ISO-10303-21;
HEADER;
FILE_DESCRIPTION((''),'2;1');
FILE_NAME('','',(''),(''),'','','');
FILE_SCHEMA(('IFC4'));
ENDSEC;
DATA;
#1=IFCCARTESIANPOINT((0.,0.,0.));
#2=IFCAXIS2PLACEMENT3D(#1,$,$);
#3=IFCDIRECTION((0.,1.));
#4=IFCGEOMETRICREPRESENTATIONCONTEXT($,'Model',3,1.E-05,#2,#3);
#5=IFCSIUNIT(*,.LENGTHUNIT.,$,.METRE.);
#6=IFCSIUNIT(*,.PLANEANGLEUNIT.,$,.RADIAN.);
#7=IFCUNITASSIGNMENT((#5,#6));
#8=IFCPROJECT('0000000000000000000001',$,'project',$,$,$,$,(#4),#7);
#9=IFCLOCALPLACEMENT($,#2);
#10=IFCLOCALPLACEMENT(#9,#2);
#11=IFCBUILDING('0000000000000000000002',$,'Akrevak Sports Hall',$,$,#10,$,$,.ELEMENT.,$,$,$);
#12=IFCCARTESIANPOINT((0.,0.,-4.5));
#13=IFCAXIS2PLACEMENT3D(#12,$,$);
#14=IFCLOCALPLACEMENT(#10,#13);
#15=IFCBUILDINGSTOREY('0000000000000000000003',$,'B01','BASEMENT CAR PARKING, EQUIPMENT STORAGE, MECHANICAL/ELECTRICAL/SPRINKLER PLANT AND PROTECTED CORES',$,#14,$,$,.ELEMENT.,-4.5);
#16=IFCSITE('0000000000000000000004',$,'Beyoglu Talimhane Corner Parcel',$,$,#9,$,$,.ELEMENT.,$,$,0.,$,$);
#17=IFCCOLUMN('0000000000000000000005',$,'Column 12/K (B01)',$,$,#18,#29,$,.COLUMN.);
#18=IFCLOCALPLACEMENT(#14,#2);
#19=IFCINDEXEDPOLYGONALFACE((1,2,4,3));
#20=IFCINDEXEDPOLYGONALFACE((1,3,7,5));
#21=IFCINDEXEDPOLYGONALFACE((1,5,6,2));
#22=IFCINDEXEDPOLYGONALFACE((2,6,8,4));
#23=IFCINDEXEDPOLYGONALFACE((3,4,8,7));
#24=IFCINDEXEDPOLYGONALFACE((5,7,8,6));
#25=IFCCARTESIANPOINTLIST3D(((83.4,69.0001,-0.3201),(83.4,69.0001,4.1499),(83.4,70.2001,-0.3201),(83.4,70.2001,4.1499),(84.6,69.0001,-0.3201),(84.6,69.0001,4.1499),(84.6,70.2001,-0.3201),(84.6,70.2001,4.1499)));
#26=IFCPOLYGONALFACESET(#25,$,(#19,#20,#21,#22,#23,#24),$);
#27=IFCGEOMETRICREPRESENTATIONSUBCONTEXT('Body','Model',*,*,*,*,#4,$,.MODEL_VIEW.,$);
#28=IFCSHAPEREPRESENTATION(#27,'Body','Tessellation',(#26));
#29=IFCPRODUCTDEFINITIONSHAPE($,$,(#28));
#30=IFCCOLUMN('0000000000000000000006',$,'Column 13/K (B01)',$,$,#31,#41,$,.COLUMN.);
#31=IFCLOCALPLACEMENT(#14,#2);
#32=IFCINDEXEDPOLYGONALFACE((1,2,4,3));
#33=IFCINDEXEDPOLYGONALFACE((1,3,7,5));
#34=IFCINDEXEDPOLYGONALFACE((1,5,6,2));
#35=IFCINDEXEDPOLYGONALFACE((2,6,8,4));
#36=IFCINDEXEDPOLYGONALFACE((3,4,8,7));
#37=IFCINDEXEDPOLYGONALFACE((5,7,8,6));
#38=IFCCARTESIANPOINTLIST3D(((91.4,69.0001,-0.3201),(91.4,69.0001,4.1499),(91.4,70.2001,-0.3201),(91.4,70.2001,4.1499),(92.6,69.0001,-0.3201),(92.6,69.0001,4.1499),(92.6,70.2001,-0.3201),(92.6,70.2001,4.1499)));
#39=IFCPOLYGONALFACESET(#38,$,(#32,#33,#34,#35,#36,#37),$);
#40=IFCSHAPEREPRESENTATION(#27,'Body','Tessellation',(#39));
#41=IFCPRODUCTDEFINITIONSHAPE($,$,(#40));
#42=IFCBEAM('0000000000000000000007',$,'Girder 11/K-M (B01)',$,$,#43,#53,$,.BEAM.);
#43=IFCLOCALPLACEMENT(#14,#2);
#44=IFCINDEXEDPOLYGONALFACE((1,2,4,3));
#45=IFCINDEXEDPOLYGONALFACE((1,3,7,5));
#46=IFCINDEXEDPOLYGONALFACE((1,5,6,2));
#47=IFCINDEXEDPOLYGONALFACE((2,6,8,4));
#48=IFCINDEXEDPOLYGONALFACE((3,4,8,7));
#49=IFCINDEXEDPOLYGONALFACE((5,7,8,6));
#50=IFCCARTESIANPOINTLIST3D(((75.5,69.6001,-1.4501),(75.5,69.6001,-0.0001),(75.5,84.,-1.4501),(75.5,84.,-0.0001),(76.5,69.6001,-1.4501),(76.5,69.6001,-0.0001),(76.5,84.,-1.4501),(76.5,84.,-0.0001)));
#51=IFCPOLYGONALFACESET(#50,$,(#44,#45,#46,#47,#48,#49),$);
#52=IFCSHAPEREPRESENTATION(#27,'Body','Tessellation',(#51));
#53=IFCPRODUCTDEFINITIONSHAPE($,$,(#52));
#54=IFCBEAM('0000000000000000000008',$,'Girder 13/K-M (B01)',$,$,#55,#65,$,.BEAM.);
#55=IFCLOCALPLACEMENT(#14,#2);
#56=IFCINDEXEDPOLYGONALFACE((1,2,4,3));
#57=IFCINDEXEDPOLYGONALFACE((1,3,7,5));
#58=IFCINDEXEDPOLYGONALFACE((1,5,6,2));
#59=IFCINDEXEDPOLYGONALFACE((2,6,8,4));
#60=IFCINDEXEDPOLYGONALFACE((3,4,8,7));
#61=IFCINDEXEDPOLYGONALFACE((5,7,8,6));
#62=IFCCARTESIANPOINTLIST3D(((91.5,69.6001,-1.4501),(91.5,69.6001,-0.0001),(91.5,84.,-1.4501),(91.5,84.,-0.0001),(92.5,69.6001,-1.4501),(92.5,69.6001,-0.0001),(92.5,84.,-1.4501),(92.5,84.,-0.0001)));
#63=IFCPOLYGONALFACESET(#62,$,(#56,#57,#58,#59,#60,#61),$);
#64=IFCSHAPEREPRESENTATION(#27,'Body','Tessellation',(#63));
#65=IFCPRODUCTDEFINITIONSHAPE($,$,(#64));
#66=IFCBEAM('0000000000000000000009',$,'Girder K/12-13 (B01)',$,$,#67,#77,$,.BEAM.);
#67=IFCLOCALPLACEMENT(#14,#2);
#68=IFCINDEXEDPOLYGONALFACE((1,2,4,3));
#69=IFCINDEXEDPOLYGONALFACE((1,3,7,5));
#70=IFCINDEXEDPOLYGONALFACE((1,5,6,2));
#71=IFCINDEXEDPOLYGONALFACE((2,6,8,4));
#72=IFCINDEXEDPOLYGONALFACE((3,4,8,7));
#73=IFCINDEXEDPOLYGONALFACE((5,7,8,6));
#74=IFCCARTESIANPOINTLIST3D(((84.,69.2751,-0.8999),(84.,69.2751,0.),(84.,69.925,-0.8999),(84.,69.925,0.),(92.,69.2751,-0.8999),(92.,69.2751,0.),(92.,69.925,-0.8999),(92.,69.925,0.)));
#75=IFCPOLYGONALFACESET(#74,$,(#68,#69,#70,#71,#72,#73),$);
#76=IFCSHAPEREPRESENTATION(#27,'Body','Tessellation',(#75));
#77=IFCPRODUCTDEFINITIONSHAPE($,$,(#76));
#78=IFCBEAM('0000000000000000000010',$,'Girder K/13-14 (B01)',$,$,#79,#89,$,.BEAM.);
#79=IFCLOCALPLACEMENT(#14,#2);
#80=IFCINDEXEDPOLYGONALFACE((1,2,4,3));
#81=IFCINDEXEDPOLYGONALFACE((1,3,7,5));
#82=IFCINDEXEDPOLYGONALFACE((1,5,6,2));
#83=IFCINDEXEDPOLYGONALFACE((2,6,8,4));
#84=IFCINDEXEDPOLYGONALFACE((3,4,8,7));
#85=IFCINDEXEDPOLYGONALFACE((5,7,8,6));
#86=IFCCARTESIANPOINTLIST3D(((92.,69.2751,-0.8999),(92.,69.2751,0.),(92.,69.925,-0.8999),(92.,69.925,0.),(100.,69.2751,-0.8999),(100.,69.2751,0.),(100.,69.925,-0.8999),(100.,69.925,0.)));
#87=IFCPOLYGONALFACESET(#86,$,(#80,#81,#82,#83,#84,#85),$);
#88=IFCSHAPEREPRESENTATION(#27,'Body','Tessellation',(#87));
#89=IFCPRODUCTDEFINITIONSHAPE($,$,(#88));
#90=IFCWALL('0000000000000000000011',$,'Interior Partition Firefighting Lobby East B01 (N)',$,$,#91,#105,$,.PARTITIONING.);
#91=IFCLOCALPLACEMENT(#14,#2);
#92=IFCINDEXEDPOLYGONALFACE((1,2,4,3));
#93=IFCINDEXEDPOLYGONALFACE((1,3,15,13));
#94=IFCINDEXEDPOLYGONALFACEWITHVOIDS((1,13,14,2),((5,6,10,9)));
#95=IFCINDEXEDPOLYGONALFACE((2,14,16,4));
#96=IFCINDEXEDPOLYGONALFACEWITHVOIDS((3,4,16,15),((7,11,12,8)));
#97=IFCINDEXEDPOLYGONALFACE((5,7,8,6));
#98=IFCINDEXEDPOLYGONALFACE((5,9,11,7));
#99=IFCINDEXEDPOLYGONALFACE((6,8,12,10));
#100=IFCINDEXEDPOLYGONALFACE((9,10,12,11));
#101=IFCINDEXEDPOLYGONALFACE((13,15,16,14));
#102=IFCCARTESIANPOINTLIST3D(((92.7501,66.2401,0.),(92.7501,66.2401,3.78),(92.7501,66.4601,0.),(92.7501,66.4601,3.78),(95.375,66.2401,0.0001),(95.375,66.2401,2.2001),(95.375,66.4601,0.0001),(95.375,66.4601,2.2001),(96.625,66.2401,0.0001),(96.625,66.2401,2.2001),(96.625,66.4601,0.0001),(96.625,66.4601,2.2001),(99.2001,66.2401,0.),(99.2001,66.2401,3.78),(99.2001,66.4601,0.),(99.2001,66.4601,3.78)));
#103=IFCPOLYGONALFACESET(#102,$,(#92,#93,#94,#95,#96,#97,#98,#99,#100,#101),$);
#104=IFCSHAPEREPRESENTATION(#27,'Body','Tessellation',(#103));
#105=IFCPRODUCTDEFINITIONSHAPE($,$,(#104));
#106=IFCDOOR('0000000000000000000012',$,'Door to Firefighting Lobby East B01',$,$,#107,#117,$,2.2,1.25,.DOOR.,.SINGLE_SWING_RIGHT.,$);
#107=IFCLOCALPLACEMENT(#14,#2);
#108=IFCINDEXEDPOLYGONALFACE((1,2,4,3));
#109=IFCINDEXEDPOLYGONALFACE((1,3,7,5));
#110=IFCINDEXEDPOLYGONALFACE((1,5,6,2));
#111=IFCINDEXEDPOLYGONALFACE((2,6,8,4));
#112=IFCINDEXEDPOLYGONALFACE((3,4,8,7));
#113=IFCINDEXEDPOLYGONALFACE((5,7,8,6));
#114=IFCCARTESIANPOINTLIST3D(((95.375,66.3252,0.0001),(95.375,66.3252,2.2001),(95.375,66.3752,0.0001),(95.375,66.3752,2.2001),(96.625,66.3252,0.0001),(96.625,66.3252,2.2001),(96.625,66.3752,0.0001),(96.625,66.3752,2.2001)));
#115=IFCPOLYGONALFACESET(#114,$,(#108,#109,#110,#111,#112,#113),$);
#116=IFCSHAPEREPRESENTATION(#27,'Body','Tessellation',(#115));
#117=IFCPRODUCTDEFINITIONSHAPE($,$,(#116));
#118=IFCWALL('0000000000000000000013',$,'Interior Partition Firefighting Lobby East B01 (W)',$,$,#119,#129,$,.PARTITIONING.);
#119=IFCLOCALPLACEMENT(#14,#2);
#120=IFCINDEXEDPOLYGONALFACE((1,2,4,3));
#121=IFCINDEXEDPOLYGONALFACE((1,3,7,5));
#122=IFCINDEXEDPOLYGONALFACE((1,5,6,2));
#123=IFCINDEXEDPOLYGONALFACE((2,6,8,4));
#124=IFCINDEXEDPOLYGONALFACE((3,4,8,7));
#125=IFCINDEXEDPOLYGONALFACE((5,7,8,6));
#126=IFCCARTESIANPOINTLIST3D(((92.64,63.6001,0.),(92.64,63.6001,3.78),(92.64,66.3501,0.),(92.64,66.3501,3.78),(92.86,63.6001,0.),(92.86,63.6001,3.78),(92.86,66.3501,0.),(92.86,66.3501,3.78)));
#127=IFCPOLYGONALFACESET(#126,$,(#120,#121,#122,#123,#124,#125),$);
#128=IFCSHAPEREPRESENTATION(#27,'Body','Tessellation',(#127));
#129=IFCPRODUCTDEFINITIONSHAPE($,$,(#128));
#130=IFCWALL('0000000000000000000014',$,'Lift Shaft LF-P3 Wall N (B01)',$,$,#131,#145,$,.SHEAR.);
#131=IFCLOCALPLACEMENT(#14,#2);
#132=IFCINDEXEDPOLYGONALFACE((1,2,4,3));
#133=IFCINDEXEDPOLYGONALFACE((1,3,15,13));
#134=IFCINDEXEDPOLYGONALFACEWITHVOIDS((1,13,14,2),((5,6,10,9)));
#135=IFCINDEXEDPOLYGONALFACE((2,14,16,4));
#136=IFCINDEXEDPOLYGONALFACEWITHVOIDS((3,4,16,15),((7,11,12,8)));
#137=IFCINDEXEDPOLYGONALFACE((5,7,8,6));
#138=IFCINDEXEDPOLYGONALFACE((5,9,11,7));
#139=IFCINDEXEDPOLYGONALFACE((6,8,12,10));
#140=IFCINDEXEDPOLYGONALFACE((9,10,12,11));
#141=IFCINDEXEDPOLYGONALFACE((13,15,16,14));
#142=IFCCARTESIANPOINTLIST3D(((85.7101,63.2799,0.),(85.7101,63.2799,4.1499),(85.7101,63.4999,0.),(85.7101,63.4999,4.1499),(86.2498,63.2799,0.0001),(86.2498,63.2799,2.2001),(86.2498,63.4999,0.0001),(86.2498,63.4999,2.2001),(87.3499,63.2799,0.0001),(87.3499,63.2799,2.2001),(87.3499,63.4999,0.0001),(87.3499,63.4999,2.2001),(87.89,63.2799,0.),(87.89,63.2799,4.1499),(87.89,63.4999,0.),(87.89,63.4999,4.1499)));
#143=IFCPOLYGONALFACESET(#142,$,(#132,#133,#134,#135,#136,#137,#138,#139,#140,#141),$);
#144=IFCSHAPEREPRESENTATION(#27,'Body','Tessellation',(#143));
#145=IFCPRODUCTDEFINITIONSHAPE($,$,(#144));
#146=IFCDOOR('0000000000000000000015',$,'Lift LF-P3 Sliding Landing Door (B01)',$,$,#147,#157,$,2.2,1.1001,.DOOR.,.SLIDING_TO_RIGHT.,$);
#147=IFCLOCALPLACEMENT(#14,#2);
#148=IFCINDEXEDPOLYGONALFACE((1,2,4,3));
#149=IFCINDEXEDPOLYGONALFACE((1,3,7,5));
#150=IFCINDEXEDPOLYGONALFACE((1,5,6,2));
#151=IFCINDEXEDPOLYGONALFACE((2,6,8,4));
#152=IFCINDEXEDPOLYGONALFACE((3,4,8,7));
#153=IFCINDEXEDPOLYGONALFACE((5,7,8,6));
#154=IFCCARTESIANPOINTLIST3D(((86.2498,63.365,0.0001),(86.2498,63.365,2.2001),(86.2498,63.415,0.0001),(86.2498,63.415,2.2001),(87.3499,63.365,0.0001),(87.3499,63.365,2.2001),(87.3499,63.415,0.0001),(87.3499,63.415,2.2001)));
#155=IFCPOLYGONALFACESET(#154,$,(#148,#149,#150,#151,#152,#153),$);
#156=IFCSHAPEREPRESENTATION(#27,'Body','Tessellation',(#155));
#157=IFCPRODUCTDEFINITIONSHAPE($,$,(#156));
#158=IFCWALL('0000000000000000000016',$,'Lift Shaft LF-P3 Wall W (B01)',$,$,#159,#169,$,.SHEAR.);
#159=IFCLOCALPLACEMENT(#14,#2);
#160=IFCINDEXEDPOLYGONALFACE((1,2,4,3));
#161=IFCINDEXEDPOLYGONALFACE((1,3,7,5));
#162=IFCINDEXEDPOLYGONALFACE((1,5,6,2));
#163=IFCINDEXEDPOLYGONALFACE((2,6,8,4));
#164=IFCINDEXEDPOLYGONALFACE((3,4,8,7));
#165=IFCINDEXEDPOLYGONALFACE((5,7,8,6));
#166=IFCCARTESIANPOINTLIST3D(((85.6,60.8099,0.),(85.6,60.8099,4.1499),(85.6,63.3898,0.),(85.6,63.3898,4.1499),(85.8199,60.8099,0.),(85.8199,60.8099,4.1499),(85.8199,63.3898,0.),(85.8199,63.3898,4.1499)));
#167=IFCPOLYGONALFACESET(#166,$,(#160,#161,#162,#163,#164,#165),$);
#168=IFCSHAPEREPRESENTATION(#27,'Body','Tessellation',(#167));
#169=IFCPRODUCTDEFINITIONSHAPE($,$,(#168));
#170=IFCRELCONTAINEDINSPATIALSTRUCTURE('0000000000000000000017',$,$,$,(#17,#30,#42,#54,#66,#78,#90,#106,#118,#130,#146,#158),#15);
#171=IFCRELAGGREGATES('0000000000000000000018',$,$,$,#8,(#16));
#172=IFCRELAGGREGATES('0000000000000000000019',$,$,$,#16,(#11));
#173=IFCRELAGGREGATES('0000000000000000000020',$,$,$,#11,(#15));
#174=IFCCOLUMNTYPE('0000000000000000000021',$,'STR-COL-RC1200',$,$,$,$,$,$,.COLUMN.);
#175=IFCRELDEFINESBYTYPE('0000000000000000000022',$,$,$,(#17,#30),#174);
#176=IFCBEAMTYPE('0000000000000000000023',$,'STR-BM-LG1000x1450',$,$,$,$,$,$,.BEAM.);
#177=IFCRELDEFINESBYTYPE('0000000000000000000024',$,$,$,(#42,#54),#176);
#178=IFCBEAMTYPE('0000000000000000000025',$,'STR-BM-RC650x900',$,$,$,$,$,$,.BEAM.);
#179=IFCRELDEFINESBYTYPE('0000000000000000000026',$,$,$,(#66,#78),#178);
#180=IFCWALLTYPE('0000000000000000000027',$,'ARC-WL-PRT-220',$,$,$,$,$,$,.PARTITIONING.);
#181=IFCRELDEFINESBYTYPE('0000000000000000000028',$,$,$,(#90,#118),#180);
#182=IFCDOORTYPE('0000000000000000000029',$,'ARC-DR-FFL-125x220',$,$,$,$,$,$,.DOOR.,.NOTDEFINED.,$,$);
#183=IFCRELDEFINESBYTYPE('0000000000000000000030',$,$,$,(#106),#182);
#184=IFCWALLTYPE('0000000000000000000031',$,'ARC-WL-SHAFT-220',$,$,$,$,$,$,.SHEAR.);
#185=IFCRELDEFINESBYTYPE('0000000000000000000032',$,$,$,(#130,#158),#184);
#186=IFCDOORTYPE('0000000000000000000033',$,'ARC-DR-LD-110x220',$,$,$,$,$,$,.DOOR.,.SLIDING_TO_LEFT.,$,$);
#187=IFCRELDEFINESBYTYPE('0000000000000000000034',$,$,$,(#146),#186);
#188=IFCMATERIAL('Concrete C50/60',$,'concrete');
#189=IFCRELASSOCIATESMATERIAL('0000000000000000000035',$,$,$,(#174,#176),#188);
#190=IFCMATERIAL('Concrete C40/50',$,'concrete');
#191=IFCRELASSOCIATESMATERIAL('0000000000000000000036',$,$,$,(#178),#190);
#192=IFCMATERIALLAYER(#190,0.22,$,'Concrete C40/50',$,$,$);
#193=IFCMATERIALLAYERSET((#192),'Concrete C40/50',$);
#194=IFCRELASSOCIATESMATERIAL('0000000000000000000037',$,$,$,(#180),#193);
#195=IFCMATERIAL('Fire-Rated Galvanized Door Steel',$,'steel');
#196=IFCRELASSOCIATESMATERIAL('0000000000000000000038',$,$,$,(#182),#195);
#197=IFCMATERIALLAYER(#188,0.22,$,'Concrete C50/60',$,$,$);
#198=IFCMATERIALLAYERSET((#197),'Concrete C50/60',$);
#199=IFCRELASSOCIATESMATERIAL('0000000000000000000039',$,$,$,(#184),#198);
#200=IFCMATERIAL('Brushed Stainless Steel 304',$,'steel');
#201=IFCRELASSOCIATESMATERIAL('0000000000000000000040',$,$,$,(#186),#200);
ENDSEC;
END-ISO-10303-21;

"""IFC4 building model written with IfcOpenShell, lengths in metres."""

from ifc_helpers import new_model, si_unit, direction, frame, frame_2d, origin, origin_2d, place, context, subcontext, project, spatial, rectangle, extrude, material, layer, layer_set, material_profile, profile_set, type_object, element, fill, save


model = new_model("IFC4")

# Units and contexts
model_context = context("Model", 3, precision=1e-05, world=origin(), true_north=direction((0.0, 1.0)))
body_context = subcontext(model_context, "Body", "Model", "MODEL_VIEW")
ifc_project = project(units=[si_unit("LENGTHUNIT", "METRE"), si_unit("PLANEANGLEUNIT", "RADIAN")], contexts=[model_context])

# Site, building, storey
site_placement = place(None, origin())
site = spatial("IfcSite", under=ifc_project, at=site_placement, Name="Beyoglu Talimhane Corner Parcel", CompositionType="ELEMENT", RefElevation=0.0)
building_placement = place(site_placement, origin())
building = spatial("IfcBuilding", under=site, at=building_placement, Name="Akrevak Sports Hall", CompositionType="ELEMENT")
storey_placement = place(building_placement, frame((0.0, 0.0, -4.5)))
storey = spatial("IfcBuildingStorey", under=building, at=storey_placement, Name="B01", Description="BASEMENT CAR PARKING, EQUIPMENT STORAGE, MECHANICAL/ELECTRICAL/SPRINKLER PLANT AND PROTECTED CORES", CompositionType="ELEMENT", Elevation=-4.5)

# Columns
ifc_material_1 = material(Name="Concrete C50/60", Category="concrete")
ifc_material_profile_1 = material_profile(ifc_material_1, rectangle(XDim=1.2, YDim=1.2, at=origin_2d()), Name="RC 1200x1200", Category="concrete")
ifc_profile_set_1 = profile_set([ifc_material_profile_1], Name="Concrete C50/60")
column_type = type_object("IfcColumnType", Name="STR-COL-RC1200", PredefinedType="COLUMN", material=ifc_profile_set_1)
for number, where, z_axis, x_axis, name in (
    (1, (84.0, 69.6001, -0.3201), (0.0, 0.0, 1.0), (1.0, 0.0, 0.0), "Column 12/K (B01)"),
    (2, (92.0, 69.6001, -0.3201), (0.0, 0.0, 1.0), (1.0, 0.0, 0.0), "Column 13/K (B01)"),
):
    element("IfcColumn", number, at=place(storey_placement, frame(where, z_axis=z_axis, x_axis=x_axis)), inside=storey, type_object=column_type, Name=name, PredefinedType="COLUMN", context=body_context, shape_type="SweptSolid", body=[
        extrude(rectangle(XDim=1.2, YDim=1.2, at=origin_2d()), origin(), (0.0, 0.0, 1.0), 4.47),
    ])

# Beams
ifc_material_profile_2 = material_profile(ifc_material_1, rectangle(XDim=1.0, YDim=1.45, at=origin_2d()), Name="BM 1000x1450", Category="concrete")
ifc_profile_set_2 = profile_set([ifc_material_profile_2], Name="Concrete C50/60")
beam_type_1 = type_object("IfcBeamType", Name="STR-BM-LG1000x1450", PredefinedType="BEAM", material=ifc_profile_set_2)
for number, where, z_axis, x_axis, name in (
    (3, (76.0, 69.6001, -0.7251), (0.0, 1.0, 0.0), (-1.0, 0.0, 0.0), "Girder 11/K-M (B01)"),
    (4, (92.0, 69.6001, -0.7251), (0.0, 1.0, 0.0), (-1.0, 0.0, 0.0), "Girder 13/K-M (B01)"),
):
    element("IfcBeam", number, at=place(storey_placement, frame(where, z_axis=z_axis, x_axis=x_axis)), inside=storey, type_object=beam_type_1, Name=name, PredefinedType="BEAM", context=body_context, shape_type="SweptSolid", body=[
        extrude(rectangle(XDim=1.0, YDim=1.45, at=origin_2d()), origin(), (0.0, 0.0, 1.0), 14.3999),
    ])
ifc_material_2 = material(Name="Concrete C40/50", Category="concrete")
ifc_material_profile_3 = material_profile(ifc_material_2, rectangle(XDim=0.6499, YDim=0.8999, at=origin_2d()), Name="BM 650x900", Category="concrete")
ifc_profile_set_3 = profile_set([ifc_material_profile_3], Name="Concrete C40/50")
beam_type_2 = type_object("IfcBeamType", Name="STR-BM-RC650x900", PredefinedType="BEAM", material=ifc_profile_set_3)
for number, where, z_axis, x_axis, name in (
    (5, (84.0, 69.6001, -0.45), (1.0, 0.0, 0.0), (0.0, 1.0, 0.0), "Girder K/12-13 (B01)"),
    (6, (92.0, 69.6001, -0.45), (1.0, 0.0, 0.0), (0.0, 1.0, 0.0), "Girder K/13-14 (B01)"),
):
    element("IfcBeam", number, at=place(storey_placement, frame(where, z_axis=z_axis, x_axis=x_axis)), inside=storey, type_object=beam_type_2, Name=name, PredefinedType="BEAM", context=body_context, shape_type="SweptSolid", body=[
        extrude(rectangle(XDim=0.6499, YDim=0.8999, at=origin_2d()), origin(), (0.0, 0.0, 1.0), 8.0),
    ])

# Wall, opening, door
ifc_layer_1 = layer(ifc_material_2, 0.22, Name="Concrete C40/50")
ifc_layer_set_1 = layer_set([ifc_layer_1], Name="Concrete C40/50")
wall_type_1 = type_object("IfcWallType", Name="ARC-WL-PRT-220", PredefinedType="PARTITIONING", material=ifc_layer_set_1)
wall_1_placement = place(storey_placement, frame((92.75, 66.3501, 0.0), z_axis=(0.0, 0.0, 1.0), x_axis=(1.0, 0.0, 0.0)))
wall_1 = element("IfcWall", 7, at=wall_1_placement, inside=storey, type_object=wall_type_1, Name="Interior Partition Firefighting Lobby East B01 (N)", PredefinedType="PARTITIONING", context=body_context, shape_type="SweptSolid", body=[
    extrude(rectangle(XDim=6.45, YDim=0.22, at=frame_2d((3.2251, 0.0))), origin(), (0.0, 0.0, 1.0), 3.78),
])
opening_1_placement = place(wall_1_placement, frame((2.625, 0.0, 0.0)))
opening_1 = element("IfcOpeningElement", 8, at=opening_1_placement, cuts=wall_1, PredefinedType="OPENING", context=body_context, shape_type="SweptSolid", body=[
    extrude(rectangle(XDim=1.25, YDim=2.2, at=frame_2d((0.625, 1.1001))), frame((0.0, 0.1221, 0.0), z_axis=(0.0, -1.0, 0.0), x_axis=(1.0, 0.0, 0.0)), (0.0, 0.0, 1.0), 0.2439),
])
ifc_material_3 = material(Name="Fire-Rated Galvanized Door Steel", Category="steel")
door_type_1 = type_object("IfcDoorType", Name="ARC-DR-FFL-125x220", OperationType="NOTDEFINED", PredefinedType="DOOR", material=ifc_material_3)
door_1_placement = place(opening_1_placement, frame((1.25, 0.0, 0.0), z_axis=(0.0, 0.0, 1.0), x_axis=(-1.0, 0.0, 0.0)))
door_1 = element("IfcDoor", 9, at=door_1_placement, inside=storey, type_object=door_type_1, Name="Door to Firefighting Lobby East B01", OperationType="SINGLE_SWING_RIGHT", OverallHeight=2.2, OverallWidth=1.25, PredefinedType="DOOR", context=body_context, shape_type="SweptSolid", body=[
    extrude(rectangle(XDim=1.25, YDim=2.2, at=frame_2d((0.625, 1.1001))), frame((0.0, 0.0249, 0.0), z_axis=(0.0, -1.0, 0.0), x_axis=(1.0, 0.0, 0.0)), (0.0, 0.0, 1.0), 0.05),
])
fill(opening_1, door_1)

# Wall
wall_2_placement = place(storey_placement, frame((92.75, 63.6001, 0.0), z_axis=(0.0, 0.0, 1.0), x_axis=(0.0, 1.0, 0.0)))
element("IfcWall", 10, at=wall_2_placement, inside=storey, type_object=wall_type_1, Name="Interior Partition Firefighting Lobby East B01 (W)", PredefinedType="PARTITIONING", context=body_context, shape_type="SweptSolid", body=[
    extrude(rectangle(XDim=2.75, YDim=0.22, at=frame_2d((1.375, 0.0))), origin(), (0.0, 0.0, 1.0), 3.78),
])

# Wall, opening, door
ifc_layer_2 = layer(ifc_material_1, 0.22, Name="Concrete C50/60")
ifc_layer_set_2 = layer_set([ifc_layer_2], Name="Concrete C50/60")
wall_type_2 = type_object("IfcWallType", Name="ARC-WL-SHAFT-220", PredefinedType="SHEAR", material=ifc_layer_set_2)
wall_3_placement = place(storey_placement, frame((87.8899, 63.3899, 0.0), z_axis=(0.0, 0.0, 1.0), x_axis=(-1.0, 0.0, 0.0)))
wall_3 = element("IfcWall", 11, at=wall_3_placement, inside=storey, type_object=wall_type_2, Name="Lift Shaft LF-P3 Wall N (B01)", PredefinedType="SHEAR", context=body_context, shape_type="SweptSolid", body=[
    extrude(rectangle(XDim=2.1799, YDim=0.22, at=frame_2d((1.0898, 0.0))), origin(), (0.0, 0.0, 1.0), 4.1499),
])
opening_2_placement = place(wall_3_placement, frame((0.54, 0.0, 0.0)))
opening_2 = element("IfcOpeningElement", 12, at=opening_2_placement, cuts=wall_3, PredefinedType="OPENING", context=body_context, shape_type="SweptSolid", body=[
    extrude(rectangle(XDim=1.1001, YDim=2.2, at=frame_2d((0.55, 1.1001))), frame((0.0, 0.1221, 0.0), z_axis=(0.0, -1.0, 0.0), x_axis=(1.0, 0.0, 0.0)), (0.0, 0.0, 1.0), 0.2439),
])
ifc_material_4 = material(Name="Brushed Stainless Steel 304", Category="steel")
door_type_2 = type_object("IfcDoorType", Name="ARC-DR-LD-110x220", OperationType="SLIDING_TO_LEFT", PredefinedType="DOOR", material=ifc_material_4)
door_2_placement = place(opening_2_placement, origin())
door_2 = element("IfcDoor", 13, at=door_2_placement, inside=storey, type_object=door_type_2, Name="Lift LF-P3 Sliding Landing Door (B01)", OperationType="SLIDING_TO_RIGHT", OverallHeight=2.2, OverallWidth=1.1001, PredefinedType="DOOR", context=body_context, shape_type="SweptSolid", body=[
    extrude(rectangle(XDim=1.1001, YDim=2.2, at=frame_2d((0.55, 1.1001))), frame((0.0, 0.0249, 0.0), z_axis=(0.0, -1.0, 0.0), x_axis=(1.0, 0.0, 0.0)), (0.0, 0.0, 1.0), 0.05),
])
fill(opening_2, door_2)

# Wall
wall_4_placement = place(storey_placement, frame((85.71, 63.3899, 0.0), z_axis=(0.0, 0.0, 1.0), x_axis=(0.0, -1.0, 0.0)))
element("IfcWall", 14, at=wall_4_placement, inside=storey, type_object=wall_type_2, Name="Lift Shaft LF-P3 Wall W (B01)", PredefinedType="SHEAR", context=body_context, shape_type="SweptSolid", body=[
    extrude(rectangle(XDim=2.5798, YDim=0.22, at=frame_2d((1.29, 0.0))), origin(), (0.0, 0.0, 1.0), 4.1499),
])

save(model, "model.ifc")
